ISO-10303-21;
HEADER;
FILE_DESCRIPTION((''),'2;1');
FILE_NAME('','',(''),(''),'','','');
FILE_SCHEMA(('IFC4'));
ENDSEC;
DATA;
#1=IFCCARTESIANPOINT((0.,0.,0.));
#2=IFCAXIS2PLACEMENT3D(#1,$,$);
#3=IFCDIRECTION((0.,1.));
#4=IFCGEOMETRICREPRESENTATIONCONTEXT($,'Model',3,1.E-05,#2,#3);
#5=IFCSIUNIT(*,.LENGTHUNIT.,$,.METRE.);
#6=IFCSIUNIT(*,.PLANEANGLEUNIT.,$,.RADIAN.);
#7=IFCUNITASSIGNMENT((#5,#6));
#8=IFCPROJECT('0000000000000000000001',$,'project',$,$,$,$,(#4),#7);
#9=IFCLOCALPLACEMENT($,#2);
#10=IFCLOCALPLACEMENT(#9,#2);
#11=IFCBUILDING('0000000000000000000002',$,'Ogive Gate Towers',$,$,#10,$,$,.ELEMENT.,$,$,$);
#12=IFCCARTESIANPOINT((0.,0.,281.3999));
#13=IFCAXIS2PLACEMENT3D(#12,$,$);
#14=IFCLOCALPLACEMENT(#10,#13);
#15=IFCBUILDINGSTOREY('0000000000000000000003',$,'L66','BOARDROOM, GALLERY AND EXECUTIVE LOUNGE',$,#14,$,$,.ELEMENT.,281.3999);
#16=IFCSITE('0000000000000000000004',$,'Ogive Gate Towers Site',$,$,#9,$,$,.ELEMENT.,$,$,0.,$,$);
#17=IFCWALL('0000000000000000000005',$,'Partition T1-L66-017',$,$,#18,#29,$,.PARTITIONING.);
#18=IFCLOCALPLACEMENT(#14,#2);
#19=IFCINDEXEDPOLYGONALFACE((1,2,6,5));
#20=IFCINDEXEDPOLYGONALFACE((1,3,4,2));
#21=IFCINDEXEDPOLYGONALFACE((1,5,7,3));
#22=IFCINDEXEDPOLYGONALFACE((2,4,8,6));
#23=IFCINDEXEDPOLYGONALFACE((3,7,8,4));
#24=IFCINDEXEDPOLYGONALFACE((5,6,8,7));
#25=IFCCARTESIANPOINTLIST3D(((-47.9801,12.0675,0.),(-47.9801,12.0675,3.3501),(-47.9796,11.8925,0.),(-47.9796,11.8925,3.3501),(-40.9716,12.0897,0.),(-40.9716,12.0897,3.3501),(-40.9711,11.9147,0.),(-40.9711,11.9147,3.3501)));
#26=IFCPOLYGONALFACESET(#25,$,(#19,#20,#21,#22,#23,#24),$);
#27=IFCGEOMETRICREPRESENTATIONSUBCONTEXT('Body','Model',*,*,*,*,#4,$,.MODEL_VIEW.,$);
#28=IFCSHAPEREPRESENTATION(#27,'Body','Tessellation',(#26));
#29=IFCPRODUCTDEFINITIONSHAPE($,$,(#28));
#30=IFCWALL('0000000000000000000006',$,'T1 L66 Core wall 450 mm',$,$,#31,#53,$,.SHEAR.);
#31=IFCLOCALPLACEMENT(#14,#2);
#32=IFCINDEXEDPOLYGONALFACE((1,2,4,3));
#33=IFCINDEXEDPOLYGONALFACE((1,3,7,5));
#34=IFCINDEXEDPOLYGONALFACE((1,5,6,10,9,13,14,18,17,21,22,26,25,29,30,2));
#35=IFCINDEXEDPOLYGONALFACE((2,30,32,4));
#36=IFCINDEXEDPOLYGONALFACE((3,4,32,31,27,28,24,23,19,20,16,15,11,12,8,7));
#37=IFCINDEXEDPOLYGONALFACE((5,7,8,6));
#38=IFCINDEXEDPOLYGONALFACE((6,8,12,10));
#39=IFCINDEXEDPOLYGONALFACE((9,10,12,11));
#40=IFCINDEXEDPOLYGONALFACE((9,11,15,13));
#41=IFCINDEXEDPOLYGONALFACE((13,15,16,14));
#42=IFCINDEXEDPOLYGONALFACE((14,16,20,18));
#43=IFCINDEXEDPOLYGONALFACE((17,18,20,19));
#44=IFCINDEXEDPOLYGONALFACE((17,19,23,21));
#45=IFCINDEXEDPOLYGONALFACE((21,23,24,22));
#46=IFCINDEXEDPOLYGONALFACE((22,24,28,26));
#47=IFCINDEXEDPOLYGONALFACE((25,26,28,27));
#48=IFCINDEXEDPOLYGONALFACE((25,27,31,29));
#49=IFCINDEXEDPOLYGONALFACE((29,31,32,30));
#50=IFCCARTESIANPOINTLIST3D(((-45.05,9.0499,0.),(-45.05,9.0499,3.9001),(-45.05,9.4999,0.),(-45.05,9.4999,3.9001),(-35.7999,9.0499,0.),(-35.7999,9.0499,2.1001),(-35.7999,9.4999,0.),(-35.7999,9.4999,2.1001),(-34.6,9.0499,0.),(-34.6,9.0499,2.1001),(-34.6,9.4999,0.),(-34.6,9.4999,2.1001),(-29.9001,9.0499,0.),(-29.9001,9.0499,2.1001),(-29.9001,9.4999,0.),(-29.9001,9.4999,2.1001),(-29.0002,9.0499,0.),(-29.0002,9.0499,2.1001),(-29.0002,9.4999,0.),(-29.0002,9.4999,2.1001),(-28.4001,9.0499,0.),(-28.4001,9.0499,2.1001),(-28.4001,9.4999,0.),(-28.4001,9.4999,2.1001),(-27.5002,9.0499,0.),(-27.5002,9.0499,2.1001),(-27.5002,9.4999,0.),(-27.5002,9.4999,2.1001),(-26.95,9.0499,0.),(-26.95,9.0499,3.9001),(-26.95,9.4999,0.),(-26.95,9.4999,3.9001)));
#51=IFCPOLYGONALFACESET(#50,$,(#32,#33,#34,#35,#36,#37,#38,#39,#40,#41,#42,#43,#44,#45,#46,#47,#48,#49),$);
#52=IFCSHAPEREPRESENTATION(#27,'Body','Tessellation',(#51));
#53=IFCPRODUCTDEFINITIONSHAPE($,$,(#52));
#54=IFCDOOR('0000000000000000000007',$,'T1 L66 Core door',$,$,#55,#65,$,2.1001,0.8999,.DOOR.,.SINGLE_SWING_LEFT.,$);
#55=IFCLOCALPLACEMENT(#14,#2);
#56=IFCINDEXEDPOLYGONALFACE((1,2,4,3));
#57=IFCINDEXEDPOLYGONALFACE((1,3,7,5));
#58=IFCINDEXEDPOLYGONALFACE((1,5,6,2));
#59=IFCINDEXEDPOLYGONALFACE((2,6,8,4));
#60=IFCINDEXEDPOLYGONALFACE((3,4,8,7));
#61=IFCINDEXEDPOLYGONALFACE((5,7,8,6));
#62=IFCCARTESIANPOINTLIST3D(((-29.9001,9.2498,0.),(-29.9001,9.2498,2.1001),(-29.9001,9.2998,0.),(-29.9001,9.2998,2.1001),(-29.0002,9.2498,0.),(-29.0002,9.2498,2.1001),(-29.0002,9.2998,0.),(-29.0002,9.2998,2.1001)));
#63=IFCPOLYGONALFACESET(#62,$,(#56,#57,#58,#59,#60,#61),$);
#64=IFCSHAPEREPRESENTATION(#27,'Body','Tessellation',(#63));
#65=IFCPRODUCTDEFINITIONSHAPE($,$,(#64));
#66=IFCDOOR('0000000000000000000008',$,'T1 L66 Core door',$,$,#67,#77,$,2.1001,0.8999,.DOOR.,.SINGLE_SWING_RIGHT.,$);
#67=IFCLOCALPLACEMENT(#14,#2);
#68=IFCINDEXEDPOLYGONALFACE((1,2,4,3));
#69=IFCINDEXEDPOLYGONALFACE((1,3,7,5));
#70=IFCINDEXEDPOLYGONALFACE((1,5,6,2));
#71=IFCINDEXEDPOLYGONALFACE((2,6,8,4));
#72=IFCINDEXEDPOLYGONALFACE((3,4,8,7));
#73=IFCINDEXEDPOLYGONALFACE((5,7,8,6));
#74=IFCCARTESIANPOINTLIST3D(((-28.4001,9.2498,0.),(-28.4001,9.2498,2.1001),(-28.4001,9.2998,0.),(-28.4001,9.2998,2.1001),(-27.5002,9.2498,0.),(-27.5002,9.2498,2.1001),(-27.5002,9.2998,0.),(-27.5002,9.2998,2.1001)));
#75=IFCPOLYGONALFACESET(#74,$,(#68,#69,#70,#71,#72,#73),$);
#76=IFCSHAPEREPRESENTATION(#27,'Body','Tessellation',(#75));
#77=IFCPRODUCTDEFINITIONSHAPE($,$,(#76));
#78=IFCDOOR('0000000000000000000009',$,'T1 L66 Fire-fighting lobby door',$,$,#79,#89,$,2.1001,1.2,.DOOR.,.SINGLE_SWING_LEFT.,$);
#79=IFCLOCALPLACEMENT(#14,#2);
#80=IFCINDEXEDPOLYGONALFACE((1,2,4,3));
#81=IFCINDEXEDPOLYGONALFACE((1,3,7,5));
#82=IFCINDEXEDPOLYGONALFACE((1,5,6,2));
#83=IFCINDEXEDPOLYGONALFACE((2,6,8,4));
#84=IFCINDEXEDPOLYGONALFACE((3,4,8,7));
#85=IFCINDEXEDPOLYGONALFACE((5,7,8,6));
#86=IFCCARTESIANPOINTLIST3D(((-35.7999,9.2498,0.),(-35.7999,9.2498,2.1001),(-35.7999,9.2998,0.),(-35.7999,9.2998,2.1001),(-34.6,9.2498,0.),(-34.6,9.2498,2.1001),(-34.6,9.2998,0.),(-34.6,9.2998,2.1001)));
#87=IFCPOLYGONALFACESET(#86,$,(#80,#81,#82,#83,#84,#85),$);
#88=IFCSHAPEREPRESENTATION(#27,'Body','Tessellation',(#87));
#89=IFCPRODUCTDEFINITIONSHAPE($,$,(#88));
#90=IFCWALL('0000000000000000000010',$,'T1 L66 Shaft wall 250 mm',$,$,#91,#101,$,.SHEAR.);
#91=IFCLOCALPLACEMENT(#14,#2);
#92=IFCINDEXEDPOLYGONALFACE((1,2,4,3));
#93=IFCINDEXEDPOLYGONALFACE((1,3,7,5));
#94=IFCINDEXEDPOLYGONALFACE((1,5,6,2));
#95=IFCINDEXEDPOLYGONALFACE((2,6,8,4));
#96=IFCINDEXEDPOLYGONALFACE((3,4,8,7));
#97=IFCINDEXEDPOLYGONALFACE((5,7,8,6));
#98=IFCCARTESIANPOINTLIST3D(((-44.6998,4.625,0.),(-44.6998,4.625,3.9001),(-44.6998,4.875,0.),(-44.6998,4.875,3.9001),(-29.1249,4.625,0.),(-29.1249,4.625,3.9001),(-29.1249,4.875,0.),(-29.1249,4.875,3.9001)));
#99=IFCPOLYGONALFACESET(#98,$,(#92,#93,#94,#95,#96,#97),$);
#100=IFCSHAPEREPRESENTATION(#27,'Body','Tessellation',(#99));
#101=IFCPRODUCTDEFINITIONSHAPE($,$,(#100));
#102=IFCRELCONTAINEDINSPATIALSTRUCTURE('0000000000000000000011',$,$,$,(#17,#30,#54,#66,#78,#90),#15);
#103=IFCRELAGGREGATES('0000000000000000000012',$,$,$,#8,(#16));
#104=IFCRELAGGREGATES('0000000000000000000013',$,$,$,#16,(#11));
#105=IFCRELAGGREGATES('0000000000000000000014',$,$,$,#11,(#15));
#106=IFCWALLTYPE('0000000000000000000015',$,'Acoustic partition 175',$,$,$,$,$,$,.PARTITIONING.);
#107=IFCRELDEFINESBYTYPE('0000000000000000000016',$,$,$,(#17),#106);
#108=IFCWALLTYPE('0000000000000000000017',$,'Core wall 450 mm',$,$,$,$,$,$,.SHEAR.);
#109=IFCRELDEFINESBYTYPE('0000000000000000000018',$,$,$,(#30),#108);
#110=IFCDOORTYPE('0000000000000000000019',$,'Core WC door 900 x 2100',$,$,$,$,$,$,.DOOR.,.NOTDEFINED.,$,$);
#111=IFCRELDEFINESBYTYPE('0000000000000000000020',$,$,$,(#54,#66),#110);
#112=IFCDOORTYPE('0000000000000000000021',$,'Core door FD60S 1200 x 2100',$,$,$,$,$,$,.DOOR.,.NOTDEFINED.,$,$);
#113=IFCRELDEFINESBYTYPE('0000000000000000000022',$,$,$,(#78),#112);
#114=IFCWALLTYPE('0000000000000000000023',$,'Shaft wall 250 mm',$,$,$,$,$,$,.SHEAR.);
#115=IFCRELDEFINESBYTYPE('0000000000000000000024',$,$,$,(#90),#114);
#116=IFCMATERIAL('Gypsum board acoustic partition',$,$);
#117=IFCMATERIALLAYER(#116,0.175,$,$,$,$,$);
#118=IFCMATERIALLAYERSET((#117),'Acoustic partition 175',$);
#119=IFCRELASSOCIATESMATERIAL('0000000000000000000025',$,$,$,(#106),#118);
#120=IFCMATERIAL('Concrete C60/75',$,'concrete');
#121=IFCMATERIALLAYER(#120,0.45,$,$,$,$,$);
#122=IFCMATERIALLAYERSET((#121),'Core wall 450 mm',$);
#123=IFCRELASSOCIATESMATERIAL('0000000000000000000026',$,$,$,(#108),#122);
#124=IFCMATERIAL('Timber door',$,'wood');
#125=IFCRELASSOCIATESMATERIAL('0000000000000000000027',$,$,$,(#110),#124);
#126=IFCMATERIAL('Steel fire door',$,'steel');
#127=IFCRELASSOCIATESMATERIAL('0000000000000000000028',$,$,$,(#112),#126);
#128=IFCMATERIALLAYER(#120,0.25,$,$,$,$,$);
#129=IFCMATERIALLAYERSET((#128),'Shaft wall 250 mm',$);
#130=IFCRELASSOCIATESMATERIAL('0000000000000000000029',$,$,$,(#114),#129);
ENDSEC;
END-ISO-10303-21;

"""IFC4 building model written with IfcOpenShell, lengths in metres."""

from ifc_helpers import new_model, si_unit, direction, frame, frame_2d, origin, place, context, subcontext, project, spatial, rectangle, extrude, material, layer, layer_set, type_object, element, fill, save


model = new_model("IFC4")

# Units and contexts
model_context = context("Model", 3, precision=1e-05, world=origin(), true_north=direction((0.0, 1.0)))
body_context = subcontext(model_context, "Body", "Model", "MODEL_VIEW")
ifc_project = project(units=[si_unit("LENGTHUNIT", "METRE"), si_unit("PLANEANGLEUNIT", "RADIAN")], contexts=[model_context])

# Site, building, storey
site_placement = place(None, origin())
site = spatial("IfcSite", under=ifc_project, at=site_placement, Name="Ogive Gate Towers Site", CompositionType="ELEMENT", RefElevation=0.0)
building_placement = place(site_placement, origin())
building = spatial("IfcBuilding", under=site, at=building_placement, Name="Ogive Gate Towers", CompositionType="ELEMENT")
storey_placement = place(building_placement, frame((0.0, 0.0, 281.3999)))
storey = spatial("IfcBuildingStorey", under=building, at=storey_placement, Name="L66", Description="BOARDROOM, GALLERY AND EXECUTIVE LOUNGE", CompositionType="ELEMENT", Elevation=281.3999)

# Shared definitions
ifc_material_1 = material(Name="Gypsum board acoustic partition")
ifc_layer_1 = layer(ifc_material_1, 0.175)
ifc_layer_set_1 = layer_set([ifc_layer_1], Name="Acoustic partition 175")
wall_type_1 = type_object("IfcWallType", Name="Acoustic partition 175", PredefinedType="PARTITIONING", material=ifc_layer_set_1)

# Shared definitions
ifc_material_2 = material(Name="Timber door", Category="wood")

# Wall
wall_1_placement = place(storey_placement, frame((-47.98, 11.98, 0.0), z_axis=(0.0, 0.0, 1.0), x_axis=(0.999995, 0.00317, 0.0)))
element("IfcWall", 1, at=wall_1_placement, inside=storey, type_object=wall_type_1, Name="Partition T1-L66-017", PredefinedType="PARTITIONING", context=body_context, shape_type="SweptSolid", body=[
    extrude(rectangle(XDim=7.0085, YDim=0.175, at=frame_2d((3.5044, 0.0))), origin(), (0.0, 0.0, 1.0), 3.3501),
])

# Wall, openings, doors
ifc_material_3 = material(Name="Concrete C60/75", Category="concrete")
ifc_layer_2 = layer(ifc_material_3, 0.45)
ifc_layer_set_2 = layer_set([ifc_layer_2], Name="Core wall 450 mm")
wall_type_2 = type_object("IfcWallType", Name="Core wall 450 mm", PredefinedType="SHEAR", material=ifc_layer_set_2)
wall_2_placement = place(storey_placement, frame((-45.05, 9.2749, 0.0), z_axis=(0.0, 0.0, 1.0), x_axis=(1.0, 0.0, 0.0)))
wall_2 = element("IfcWall", 2, at=wall_2_placement, inside=storey, type_object=wall_type_2, Name="T1 L66 Core wall 450 mm", PredefinedType="SHEAR", context=body_context, shape_type="SweptSolid", body=[
    extrude(rectangle(XDim=18.1001, YDim=0.45, at=frame_2d((9.05, 0.0))), origin(), (0.0, 0.0, 1.0), 3.9001),
])
opening_1_placement = place(wall_2_placement, frame((9.25, 0.0, 0.0)))
opening_1 = element("IfcOpeningElement", 3, at=opening_1_placement, cuts=wall_2, PredefinedType="OPENING", context=body_context, shape_type="SweptSolid", body=[
    extrude(rectangle(XDim=1.2, YDim=2.1001, at=frame_2d((0.6001, 1.05))), frame((0.0, 0.2349, 0.0), z_axis=(0.0, -1.0, 0.0), x_axis=(1.0, 0.0, 0.0)), (0.0, 0.0, 1.0), 0.47),
])
opening_2_placement = place(wall_2_placement, frame((15.1499, 0.0, 0.0)))
opening_2 = element("IfcOpeningElement", 4, at=opening_2_placement, cuts=wall_2, PredefinedType="OPENING", context=body_context, shape_type="SweptSolid", body=[
    extrude(rectangle(XDim=0.8999, YDim=2.1001, at=frame_2d((0.45, 1.05))), frame((0.0, 0.2349, 0.0), z_axis=(0.0, -1.0, 0.0), x_axis=(1.0, 0.0, 0.0)), (0.0, 0.0, 1.0), 0.47),
])
opening_3_placement = place(wall_2_placement, frame((16.6499, 0.0, 0.0)))
opening_3 = element("IfcOpeningElement", 5, at=opening_3_placement, cuts=wall_2, PredefinedType="OPENING", context=body_context, shape_type="SweptSolid", body=[
    extrude(rectangle(XDim=0.8999, YDim=2.1001, at=frame_2d((0.45, 1.05))), frame((0.0, 0.2349, 0.0), z_axis=(0.0, -1.0, 0.0), x_axis=(1.0, 0.0, 0.0)), (0.0, 0.0, 1.0), 0.47),
])
door_type_1 = type_object("IfcDoorType", Name="Core WC door 900 x 2100", OperationType="NOTDEFINED", PredefinedType="DOOR", material=ifc_material_2)
door_1_placement = place(opening_2_placement, origin())
door_1 = element("IfcDoor", 6, at=door_1_placement, inside=storey, type_object=door_type_1, Name="T1 L66 Core door", OperationType="SINGLE_SWING_LEFT", OverallHeight=2.1001, OverallWidth=0.8999, PredefinedType="DOOR", context=body_context, shape_type="SweptSolid", body=[
    extrude(rectangle(XDim=0.8999, YDim=2.1001, at=frame_2d((0.45, 1.05))), frame((0.0, 0.0249, 0.0), z_axis=(0.0, -1.0, 0.0), x_axis=(1.0, 0.0, 0.0)), (0.0, 0.0, 1.0), 0.05),
])
fill(opening_2, door_1)
door_2_placement = place(opening_3_placement, origin())
door_2 = element("IfcDoor", 7, at=door_2_placement, inside=storey, type_object=door_type_1, Name="T1 L66 Core door", OperationType="SINGLE_SWING_RIGHT", OverallHeight=2.1001, OverallWidth=0.8999, PredefinedType="DOOR", context=body_context, shape_type="SweptSolid", body=[
    extrude(rectangle(XDim=0.8999, YDim=2.1001, at=frame_2d((0.45, 1.05))), frame((0.0, 0.0249, 0.0), z_axis=(0.0, -1.0, 0.0), x_axis=(1.0, 0.0, 0.0)), (0.0, 0.0, 1.0), 0.05),
])
fill(opening_3, door_2)
ifc_material_4 = material(Name="Steel fire door", Category="steel")
door_type_2 = type_object("IfcDoorType", Name="Core door FD60S 1200 x 2100", OperationType="NOTDEFINED", PredefinedType="DOOR", material=ifc_material_4)
door_3_placement = place(opening_1_placement, origin())
door_3 = element("IfcDoor", 8, at=door_3_placement, inside=storey, type_object=door_type_2, Name="T1 L66 Fire-fighting lobby door", OperationType="SINGLE_SWING_LEFT", OverallHeight=2.1001, OverallWidth=1.2, PredefinedType="DOOR", context=body_context, shape_type="SweptSolid", body=[
    extrude(rectangle(XDim=1.2, YDim=2.1001, at=frame_2d((0.6001, 1.05))), frame((0.0, 0.0249, 0.0), z_axis=(0.0, -1.0, 0.0), x_axis=(1.0, 0.0, 0.0)), (0.0, 0.0, 1.0), 0.05),
])
fill(opening_1, door_3)

# Wall
ifc_layer_3 = layer(ifc_material_3, 0.25)
ifc_layer_set_3 = layer_set([ifc_layer_3], Name="Shaft wall 250 mm")
wall_type_3 = type_object("IfcWallType", Name="Shaft wall 250 mm", PredefinedType="SHEAR", material=ifc_layer_set_3)
wall_3_placement = place(storey_placement, frame((-44.7, 4.75, 0.0), z_axis=(0.0, 0.0, 1.0), x_axis=(1.0, 0.0, 0.0)))
element("IfcWall", 9, at=wall_3_placement, inside=storey, type_object=wall_type_3, Name="T1 L66 Shaft wall 250 mm", PredefinedType="SHEAR", context=body_context, shape_type="SweptSolid", body=[
    extrude(rectangle(XDim=15.575, YDim=0.25, at=frame_2d((7.7876, 0.0))), origin(), (0.0, 0.0, 1.0), 3.9001),
])

save(model, "model.ifc")
